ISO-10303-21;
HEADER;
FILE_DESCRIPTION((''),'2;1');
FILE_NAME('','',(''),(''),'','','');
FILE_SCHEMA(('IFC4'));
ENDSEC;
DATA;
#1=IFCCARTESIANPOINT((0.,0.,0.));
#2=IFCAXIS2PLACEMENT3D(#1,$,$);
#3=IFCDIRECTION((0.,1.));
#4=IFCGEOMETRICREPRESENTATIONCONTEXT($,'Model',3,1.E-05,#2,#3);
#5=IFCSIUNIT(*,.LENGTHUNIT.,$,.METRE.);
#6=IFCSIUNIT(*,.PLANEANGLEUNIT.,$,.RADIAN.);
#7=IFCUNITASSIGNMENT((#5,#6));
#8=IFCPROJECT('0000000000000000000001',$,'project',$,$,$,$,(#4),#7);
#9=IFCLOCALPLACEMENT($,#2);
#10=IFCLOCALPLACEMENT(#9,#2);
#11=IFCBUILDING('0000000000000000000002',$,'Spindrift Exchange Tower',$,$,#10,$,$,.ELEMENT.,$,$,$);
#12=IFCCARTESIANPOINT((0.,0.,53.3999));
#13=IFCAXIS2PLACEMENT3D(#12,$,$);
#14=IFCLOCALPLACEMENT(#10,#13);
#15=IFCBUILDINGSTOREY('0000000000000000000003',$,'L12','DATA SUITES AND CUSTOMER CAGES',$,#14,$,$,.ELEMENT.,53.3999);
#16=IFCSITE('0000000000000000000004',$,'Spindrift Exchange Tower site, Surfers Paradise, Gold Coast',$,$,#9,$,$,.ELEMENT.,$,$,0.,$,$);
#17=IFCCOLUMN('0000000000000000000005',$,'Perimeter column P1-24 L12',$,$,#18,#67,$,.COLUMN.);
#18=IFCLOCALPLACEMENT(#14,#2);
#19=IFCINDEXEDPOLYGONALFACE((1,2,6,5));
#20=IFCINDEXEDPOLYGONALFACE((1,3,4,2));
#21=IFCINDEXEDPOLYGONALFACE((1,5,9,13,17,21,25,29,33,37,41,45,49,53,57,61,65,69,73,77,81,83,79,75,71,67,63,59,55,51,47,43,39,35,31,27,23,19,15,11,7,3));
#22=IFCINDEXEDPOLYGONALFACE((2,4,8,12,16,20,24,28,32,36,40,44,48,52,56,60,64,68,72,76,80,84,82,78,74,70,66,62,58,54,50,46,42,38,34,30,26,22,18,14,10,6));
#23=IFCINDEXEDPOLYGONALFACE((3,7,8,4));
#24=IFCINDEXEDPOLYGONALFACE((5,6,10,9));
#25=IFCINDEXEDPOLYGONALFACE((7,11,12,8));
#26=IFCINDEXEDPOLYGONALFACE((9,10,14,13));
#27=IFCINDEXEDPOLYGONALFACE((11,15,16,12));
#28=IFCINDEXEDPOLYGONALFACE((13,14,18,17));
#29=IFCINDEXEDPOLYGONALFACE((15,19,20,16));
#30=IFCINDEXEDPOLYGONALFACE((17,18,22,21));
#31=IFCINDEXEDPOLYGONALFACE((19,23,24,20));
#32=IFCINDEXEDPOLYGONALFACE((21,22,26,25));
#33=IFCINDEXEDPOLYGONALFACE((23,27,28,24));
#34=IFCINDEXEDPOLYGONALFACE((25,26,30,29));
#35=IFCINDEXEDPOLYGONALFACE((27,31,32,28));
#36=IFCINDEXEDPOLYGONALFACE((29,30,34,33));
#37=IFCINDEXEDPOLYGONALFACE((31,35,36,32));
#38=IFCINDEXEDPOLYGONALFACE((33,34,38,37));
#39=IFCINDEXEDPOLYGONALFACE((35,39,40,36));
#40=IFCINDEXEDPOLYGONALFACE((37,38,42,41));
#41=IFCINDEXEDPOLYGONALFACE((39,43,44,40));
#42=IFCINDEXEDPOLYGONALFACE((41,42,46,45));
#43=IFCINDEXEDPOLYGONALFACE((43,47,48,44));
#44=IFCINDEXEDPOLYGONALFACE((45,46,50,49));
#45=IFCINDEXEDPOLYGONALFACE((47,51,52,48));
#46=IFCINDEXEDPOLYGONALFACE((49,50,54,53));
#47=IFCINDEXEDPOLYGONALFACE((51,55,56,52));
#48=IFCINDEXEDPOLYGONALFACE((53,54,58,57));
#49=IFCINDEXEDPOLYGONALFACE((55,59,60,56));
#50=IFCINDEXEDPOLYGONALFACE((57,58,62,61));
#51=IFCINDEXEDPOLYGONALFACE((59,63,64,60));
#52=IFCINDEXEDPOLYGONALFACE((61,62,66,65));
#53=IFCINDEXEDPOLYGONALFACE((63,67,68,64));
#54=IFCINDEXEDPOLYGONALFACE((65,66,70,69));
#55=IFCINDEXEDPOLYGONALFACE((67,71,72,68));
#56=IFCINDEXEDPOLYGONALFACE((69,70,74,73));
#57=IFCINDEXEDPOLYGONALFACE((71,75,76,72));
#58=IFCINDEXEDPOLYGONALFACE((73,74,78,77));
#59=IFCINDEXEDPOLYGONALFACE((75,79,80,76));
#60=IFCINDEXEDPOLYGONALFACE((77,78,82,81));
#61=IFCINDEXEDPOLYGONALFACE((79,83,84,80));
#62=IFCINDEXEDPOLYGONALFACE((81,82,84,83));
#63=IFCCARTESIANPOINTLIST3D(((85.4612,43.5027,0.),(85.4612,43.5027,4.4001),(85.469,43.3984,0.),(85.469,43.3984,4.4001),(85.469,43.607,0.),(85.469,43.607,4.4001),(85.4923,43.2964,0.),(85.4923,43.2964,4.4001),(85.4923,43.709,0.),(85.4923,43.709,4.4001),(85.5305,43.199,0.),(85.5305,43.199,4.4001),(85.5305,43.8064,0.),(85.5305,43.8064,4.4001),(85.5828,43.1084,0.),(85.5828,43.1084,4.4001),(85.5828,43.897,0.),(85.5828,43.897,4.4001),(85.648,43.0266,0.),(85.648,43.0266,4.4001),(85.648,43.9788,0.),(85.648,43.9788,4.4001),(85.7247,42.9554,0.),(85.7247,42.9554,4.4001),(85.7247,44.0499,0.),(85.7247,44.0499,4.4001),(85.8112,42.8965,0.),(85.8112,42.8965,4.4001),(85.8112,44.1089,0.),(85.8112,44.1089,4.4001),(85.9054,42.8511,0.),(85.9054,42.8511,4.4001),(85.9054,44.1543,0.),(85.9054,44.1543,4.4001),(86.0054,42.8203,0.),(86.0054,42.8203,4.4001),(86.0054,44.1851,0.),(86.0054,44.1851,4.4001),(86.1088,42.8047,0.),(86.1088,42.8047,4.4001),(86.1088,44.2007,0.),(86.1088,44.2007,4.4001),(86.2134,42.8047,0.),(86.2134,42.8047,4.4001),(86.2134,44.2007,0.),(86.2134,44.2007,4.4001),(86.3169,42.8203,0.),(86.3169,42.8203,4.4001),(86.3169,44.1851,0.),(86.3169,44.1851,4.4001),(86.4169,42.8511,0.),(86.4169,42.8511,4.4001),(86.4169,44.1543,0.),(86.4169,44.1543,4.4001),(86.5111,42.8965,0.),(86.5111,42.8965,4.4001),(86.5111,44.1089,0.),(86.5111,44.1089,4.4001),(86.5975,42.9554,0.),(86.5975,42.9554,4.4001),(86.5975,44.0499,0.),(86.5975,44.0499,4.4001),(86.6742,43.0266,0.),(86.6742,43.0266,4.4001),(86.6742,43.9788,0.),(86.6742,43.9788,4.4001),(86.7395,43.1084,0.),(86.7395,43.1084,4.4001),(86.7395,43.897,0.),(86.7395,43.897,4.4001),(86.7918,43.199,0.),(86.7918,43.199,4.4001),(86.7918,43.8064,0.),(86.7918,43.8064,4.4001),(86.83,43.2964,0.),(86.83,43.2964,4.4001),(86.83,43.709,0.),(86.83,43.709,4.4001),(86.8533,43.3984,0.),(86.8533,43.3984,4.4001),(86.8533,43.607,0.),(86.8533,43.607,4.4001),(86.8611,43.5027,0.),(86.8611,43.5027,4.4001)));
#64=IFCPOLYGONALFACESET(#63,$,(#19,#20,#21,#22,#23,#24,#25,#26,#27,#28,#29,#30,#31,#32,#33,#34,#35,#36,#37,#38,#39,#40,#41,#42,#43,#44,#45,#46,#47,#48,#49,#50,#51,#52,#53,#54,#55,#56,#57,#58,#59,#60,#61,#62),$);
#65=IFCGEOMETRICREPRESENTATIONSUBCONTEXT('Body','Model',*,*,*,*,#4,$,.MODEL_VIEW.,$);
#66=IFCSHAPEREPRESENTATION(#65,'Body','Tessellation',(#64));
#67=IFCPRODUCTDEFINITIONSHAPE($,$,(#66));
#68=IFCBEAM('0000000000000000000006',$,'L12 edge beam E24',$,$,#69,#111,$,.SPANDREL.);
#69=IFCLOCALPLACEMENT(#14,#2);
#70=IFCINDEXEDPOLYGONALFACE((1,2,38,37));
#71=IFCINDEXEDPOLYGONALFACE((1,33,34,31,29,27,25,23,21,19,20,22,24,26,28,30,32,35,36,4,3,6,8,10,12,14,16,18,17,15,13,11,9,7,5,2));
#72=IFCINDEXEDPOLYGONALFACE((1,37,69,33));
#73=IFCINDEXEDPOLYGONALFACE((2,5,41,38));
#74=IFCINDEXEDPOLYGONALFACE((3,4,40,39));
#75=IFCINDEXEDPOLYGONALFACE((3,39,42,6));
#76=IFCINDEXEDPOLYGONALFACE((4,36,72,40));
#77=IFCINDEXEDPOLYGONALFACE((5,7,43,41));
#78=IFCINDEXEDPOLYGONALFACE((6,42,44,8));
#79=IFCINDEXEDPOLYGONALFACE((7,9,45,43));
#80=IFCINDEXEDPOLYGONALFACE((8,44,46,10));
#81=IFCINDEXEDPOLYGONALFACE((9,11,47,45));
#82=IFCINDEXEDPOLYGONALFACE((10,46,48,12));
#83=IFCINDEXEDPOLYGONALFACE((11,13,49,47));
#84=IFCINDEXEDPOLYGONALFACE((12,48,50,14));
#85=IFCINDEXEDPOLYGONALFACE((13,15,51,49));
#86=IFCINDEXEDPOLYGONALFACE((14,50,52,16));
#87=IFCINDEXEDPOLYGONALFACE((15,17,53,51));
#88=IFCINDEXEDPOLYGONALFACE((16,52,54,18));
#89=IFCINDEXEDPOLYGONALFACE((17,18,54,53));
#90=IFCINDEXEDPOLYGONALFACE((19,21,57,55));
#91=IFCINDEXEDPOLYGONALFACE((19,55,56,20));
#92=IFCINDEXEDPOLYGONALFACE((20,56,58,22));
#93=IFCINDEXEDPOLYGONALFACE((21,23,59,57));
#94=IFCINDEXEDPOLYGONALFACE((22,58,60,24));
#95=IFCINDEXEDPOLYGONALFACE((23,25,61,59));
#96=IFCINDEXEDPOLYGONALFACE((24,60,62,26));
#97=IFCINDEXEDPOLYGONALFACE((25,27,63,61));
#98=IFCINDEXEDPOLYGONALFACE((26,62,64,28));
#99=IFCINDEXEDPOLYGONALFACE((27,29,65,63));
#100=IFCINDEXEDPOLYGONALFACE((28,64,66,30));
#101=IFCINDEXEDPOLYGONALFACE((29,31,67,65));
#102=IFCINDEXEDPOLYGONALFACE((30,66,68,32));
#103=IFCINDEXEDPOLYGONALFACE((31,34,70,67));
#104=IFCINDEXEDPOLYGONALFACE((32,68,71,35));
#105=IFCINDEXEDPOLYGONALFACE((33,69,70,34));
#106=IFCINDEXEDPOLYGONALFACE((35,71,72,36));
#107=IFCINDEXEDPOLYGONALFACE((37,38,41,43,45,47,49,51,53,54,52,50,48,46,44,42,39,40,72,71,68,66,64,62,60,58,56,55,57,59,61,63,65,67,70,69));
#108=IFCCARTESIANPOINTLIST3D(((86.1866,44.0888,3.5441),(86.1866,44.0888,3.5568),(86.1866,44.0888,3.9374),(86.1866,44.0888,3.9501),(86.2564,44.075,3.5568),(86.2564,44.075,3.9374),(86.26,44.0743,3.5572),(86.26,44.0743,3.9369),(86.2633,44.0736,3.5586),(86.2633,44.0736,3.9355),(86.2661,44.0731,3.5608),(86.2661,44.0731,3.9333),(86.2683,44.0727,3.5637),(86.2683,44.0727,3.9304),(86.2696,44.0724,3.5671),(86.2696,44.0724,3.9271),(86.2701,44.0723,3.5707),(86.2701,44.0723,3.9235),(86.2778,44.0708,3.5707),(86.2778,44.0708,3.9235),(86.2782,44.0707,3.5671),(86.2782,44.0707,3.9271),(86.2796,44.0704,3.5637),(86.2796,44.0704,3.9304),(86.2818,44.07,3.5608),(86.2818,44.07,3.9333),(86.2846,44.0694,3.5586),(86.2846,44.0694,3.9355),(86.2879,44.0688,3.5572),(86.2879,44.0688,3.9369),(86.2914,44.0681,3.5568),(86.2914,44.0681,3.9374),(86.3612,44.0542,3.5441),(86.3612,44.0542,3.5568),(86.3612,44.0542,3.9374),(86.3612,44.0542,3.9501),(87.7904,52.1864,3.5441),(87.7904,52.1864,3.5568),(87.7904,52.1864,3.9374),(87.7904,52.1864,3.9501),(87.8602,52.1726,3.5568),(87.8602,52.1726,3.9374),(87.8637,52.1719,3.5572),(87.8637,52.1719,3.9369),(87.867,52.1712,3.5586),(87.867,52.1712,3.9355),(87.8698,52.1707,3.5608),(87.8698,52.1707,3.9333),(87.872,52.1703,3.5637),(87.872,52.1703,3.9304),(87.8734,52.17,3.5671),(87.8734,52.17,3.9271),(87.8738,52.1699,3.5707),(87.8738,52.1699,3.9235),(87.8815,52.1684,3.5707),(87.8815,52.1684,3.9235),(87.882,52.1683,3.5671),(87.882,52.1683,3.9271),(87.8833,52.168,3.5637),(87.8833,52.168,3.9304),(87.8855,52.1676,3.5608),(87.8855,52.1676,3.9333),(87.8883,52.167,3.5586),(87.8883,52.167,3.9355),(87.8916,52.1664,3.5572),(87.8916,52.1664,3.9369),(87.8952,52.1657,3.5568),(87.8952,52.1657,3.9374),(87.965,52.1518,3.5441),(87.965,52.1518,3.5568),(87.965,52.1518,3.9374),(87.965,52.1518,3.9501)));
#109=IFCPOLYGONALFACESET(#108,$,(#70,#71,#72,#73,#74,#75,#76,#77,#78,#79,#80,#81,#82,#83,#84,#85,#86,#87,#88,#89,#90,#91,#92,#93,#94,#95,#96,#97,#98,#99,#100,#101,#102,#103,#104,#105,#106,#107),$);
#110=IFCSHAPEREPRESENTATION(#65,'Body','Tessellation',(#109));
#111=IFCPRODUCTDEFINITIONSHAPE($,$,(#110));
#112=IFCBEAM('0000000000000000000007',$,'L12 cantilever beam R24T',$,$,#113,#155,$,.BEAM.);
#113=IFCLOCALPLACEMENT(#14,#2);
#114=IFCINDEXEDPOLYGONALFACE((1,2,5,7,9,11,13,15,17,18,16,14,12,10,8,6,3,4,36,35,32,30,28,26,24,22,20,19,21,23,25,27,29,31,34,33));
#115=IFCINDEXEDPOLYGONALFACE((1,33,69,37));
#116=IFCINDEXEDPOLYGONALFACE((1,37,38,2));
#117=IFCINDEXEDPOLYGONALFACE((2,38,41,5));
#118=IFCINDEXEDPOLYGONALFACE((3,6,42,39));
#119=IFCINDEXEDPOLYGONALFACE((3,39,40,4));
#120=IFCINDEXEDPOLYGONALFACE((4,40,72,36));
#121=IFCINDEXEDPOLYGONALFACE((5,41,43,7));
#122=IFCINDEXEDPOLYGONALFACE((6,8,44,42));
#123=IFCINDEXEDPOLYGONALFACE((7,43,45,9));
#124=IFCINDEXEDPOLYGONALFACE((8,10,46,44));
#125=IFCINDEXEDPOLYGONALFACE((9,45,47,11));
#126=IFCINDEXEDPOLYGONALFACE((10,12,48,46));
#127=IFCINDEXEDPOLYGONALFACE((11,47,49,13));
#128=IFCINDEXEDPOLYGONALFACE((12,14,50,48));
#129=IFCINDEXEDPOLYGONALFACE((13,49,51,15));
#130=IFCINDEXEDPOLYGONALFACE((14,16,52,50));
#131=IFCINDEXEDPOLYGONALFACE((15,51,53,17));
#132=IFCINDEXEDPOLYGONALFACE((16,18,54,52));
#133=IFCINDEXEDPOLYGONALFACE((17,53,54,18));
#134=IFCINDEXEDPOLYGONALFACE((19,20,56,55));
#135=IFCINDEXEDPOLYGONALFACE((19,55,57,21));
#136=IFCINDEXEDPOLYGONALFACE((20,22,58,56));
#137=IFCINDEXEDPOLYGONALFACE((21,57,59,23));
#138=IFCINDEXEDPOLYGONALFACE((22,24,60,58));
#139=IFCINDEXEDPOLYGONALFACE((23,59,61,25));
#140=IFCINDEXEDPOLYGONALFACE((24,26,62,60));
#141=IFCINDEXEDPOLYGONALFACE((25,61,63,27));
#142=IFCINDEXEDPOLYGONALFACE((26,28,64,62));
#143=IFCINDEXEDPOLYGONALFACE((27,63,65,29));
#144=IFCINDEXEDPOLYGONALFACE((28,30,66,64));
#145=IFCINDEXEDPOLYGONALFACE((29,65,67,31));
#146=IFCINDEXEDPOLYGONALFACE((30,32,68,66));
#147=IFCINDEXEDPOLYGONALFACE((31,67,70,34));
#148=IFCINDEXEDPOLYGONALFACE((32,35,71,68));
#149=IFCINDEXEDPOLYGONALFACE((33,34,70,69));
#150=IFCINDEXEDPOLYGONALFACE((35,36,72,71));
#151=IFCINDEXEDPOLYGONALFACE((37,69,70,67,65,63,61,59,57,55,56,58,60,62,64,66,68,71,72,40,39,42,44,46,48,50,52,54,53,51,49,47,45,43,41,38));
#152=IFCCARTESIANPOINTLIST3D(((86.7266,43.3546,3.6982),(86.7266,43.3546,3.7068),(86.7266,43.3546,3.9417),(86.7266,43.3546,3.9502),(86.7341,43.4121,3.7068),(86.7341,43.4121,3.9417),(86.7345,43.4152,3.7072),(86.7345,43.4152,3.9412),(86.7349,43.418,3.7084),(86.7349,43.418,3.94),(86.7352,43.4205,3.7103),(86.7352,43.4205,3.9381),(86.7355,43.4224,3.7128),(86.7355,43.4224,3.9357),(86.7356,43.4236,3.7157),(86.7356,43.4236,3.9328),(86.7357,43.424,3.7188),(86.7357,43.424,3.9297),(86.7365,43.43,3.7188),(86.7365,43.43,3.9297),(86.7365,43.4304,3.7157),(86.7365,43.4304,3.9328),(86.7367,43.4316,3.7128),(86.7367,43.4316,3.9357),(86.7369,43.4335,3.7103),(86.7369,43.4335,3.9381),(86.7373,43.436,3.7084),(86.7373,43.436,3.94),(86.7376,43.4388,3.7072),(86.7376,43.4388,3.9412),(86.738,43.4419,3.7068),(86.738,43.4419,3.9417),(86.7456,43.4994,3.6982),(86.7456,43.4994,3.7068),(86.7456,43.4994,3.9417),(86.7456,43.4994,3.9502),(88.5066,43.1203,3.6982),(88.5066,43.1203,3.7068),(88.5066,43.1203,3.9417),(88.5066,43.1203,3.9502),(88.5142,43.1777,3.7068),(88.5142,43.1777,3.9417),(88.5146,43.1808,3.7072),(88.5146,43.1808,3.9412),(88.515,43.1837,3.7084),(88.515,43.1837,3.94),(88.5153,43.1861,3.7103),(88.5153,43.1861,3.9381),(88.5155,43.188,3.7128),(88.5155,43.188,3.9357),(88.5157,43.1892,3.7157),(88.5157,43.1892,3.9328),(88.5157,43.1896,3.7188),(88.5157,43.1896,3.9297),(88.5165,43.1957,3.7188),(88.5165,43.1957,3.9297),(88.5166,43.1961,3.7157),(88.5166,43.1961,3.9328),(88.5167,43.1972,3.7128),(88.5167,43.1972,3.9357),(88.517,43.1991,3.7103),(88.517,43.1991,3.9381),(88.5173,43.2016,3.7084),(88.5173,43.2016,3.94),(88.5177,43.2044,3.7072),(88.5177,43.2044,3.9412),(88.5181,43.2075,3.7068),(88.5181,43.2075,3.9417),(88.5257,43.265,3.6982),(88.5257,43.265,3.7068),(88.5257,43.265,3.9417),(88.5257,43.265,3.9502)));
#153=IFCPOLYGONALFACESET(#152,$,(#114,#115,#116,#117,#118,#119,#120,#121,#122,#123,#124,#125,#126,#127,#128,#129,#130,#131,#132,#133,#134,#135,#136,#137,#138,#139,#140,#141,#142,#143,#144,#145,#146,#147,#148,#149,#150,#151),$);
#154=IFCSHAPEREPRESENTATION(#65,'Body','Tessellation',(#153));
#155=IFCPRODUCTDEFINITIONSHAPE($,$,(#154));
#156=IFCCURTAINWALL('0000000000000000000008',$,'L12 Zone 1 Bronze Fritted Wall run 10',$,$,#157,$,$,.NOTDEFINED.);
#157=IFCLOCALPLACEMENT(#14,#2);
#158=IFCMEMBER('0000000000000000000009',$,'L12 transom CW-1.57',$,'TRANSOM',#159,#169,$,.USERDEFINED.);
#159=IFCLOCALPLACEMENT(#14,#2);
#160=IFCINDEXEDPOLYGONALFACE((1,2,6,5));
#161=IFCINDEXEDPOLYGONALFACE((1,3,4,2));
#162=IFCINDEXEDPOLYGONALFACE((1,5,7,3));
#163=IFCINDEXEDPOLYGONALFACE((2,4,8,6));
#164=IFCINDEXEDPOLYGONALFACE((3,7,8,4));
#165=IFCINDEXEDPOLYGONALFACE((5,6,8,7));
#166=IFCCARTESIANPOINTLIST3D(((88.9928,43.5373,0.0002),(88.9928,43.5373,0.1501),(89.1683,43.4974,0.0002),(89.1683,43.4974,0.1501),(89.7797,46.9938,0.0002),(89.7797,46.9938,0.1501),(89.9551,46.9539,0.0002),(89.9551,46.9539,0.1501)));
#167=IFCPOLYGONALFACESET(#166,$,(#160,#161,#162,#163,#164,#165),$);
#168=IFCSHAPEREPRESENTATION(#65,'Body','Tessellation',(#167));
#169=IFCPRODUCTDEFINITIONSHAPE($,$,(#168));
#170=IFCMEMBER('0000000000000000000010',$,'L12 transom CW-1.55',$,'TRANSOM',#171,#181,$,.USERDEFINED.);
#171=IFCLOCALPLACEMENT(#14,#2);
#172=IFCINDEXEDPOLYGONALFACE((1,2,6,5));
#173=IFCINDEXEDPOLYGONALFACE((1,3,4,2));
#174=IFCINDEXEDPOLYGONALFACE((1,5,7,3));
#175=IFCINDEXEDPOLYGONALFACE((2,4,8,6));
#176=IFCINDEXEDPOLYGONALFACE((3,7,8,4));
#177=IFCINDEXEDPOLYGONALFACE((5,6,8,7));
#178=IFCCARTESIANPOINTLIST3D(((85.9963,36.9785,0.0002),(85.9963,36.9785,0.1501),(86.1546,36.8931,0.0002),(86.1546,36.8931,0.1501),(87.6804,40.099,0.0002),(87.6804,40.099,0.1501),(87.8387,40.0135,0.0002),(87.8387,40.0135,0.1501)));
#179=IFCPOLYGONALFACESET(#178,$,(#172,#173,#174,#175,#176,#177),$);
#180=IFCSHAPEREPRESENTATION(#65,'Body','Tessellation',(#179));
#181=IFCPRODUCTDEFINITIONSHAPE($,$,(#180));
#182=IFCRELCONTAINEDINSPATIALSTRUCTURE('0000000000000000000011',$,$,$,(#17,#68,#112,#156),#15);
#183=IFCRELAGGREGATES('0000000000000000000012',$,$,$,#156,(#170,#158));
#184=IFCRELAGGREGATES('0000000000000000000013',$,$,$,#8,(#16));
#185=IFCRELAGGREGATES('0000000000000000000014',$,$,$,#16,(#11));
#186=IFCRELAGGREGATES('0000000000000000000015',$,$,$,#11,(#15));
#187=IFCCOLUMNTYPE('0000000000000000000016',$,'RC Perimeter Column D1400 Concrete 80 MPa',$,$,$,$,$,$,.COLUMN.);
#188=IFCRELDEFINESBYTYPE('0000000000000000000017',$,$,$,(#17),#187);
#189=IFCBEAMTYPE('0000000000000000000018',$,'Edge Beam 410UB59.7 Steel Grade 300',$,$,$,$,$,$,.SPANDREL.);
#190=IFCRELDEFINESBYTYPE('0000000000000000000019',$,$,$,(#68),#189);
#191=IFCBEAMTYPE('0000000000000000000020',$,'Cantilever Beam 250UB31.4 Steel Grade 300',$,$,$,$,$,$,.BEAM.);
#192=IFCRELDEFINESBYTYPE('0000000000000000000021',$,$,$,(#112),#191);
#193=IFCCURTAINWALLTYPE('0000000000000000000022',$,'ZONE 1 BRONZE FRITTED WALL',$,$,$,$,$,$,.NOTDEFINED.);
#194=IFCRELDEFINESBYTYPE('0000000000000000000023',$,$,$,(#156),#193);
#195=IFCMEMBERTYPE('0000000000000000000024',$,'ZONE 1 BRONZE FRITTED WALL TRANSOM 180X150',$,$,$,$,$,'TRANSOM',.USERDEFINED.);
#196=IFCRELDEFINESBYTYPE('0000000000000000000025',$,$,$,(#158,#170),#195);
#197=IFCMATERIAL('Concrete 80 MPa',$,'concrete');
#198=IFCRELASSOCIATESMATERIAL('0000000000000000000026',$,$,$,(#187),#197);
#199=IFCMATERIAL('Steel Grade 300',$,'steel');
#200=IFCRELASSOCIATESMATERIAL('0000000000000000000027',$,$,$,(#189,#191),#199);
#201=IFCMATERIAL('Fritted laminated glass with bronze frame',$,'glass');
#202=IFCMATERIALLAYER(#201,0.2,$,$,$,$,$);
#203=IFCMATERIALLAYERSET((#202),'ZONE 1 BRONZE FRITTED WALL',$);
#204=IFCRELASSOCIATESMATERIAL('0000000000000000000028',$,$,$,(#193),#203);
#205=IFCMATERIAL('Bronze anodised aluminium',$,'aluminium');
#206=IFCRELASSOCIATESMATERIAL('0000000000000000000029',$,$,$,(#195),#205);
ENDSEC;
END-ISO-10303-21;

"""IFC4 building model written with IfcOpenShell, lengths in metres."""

from ifc_helpers import new_model, si_unit, direction, frame, origin, origin_2d, place, context, subcontext, project, spatial, rectangle, circle, i_section, extrude, source, transform, mapped, material, layer, layer_set, material_profile, profile_set, type_object, element, aggregate, save


model = new_model("IFC4")

# Units and contexts
model_context = context("Model", 3, precision=1e-05, world=origin(), true_north=direction((0.0, 1.0)))
body_context = subcontext(model_context, "Body", "Model", "MODEL_VIEW")
ifc_project = project(units=[si_unit("LENGTHUNIT", "METRE"), si_unit("PLANEANGLEUNIT", "RADIAN")], contexts=[model_context])

# Site, building, storey
site_placement = place(None, origin())
site = spatial("IfcSite", under=ifc_project, at=site_placement, Name="Spindrift Exchange Tower site, Surfers Paradise, Gold Coast", CompositionType="ELEMENT", RefElevation=0.0)
building_placement = place(site_placement, origin())
building = spatial("IfcBuilding", under=site, at=building_placement, Name="Spindrift Exchange Tower", CompositionType="ELEMENT")
storey_placement = place(building_placement, frame((0.0, 0.0, 53.3999)))
storey = spatial("IfcBuildingStorey", under=building, at=storey_placement, Name="L12", Description="DATA SUITES AND CUSTOMER CAGES", CompositionType="ELEMENT", Elevation=53.3999)

# Column
ifc_material_1 = material(Name="Concrete 80 MPa", Category="concrete")
ifc_material_profile_1 = material_profile(ifc_material_1, circle(Radius=0.7, at=origin_2d()), Name="RC D1400")
ifc_profile_set_1 = profile_set([ifc_material_profile_1], Name="Concrete 80 MPa")
column_type = type_object("IfcColumnType", Name="RC Perimeter Column D1400 Concrete 80 MPa", PredefinedType="COLUMN", material=ifc_profile_set_1)
shared_shape_1 = source(origin(), body_context, "Body", "SweptSolid", [
    extrude(circle(Radius=0.7, at=origin_2d()), origin(), (0.0, 0.0, 1.0), 4.4001),
])
column_placement = place(storey_placement, frame((86.1611, 43.5027, 0.0), z_axis=(0.0, 0.0, 1.0), x_axis=(1.0, 0.0, 0.0)))
element("IfcColumn", 1, at=column_placement, inside=storey, type_object=column_type, Name="Perimeter column P1-24 L12", PredefinedType="COLUMN", context=body_context, shape_type="MappedRepresentation", body=[
    mapped(shared_shape_1, transform((0.0, 0.0, 0.0), scale=1.0)),
])

# Beams
ifc_material_2 = material(Name="Steel Grade 300", Category="steel")
ifc_material_profile_2 = material_profile(ifc_material_2, i_section(OverallWidth=0.178, OverallDepth=0.406, WebThickness=0.0078, FlangeThickness=0.0127, FilletRadius=0.0139, at=origin_2d()), Name="410UB59.7")
ifc_profile_set_2 = profile_set([ifc_material_profile_2], Name="Steel Grade 300")
beam_type_1 = type_object("IfcBeamType", Name="Edge Beam 410UB59.7 Steel Grade 300", PredefinedType="SPANDREL", material=ifc_profile_set_2)
shared_shape_2 = source(origin(), body_context, "Body", "SweptSolid", [
    extrude(i_section(OverallWidth=0.178, OverallDepth=0.406, WebThickness=0.0078, FlangeThickness=0.0127, FilletRadius=0.0139, at=origin_2d()), origin(), (0.0, 0.0, 1.0), 8.2549),
])
beam_1_placement = place(storey_placement, frame((86.2739, 44.0715, 3.7471), z_axis=(0.194279, 0.980946, 0.0), x_axis=(-0.980946, 0.194279, 0.0)))
element("IfcBeam", 2, at=beam_1_placement, inside=storey, type_object=beam_type_1, Name="L12 edge beam E24", PredefinedType="SPANDREL", context=body_context, shape_type="MappedRepresentation", body=[
    mapped(shared_shape_2, transform((0.0, 0.0, 0.0), scale=1.0)),
])
ifc_material_profile_3 = material_profile(ifc_material_2, i_section(OverallWidth=0.146, OverallDepth=0.252, WebThickness=0.0061, FlangeThickness=0.0085, FilletRadius=0.012, at=origin_2d()), Name="250UB31.4")
ifc_profile_set_3 = profile_set([ifc_material_profile_3], Name="Steel Grade 300")
beam_type_2 = type_object("IfcBeamType", Name="Cantilever Beam 250UB31.4 Steel Grade 300", PredefinedType="BEAM", material=ifc_profile_set_3)
shared_shape_3 = source(origin(), body_context, "Body", "SweptSolid", [
    extrude(i_section(OverallWidth=0.146, OverallDepth=0.252, WebThickness=0.0061, FlangeThickness=0.0085, FilletRadius=0.012, at=origin_2d()), origin(), (0.0, 0.0, 1.0), 1.7954),
])
beam_2_placement = place(storey_placement, frame((86.7361, 43.427, 3.8242), z_axis=(0.991443, -0.130542, 0.0), x_axis=(0.130542, 0.991443, 0.0)))
element("IfcBeam", 3, at=beam_2_placement, inside=storey, type_object=beam_type_2, Name="L12 cantilever beam R24T", PredefinedType="BEAM", context=body_context, shape_type="MappedRepresentation", body=[
    mapped(shared_shape_3, transform((0.0, 0.0, 0.0), scale=1.0)),
])

# Curtain wall, members
ifc_material_3 = material(Name="Fritted laminated glass with bronze frame", Category="glass")
ifc_layer_1 = layer(ifc_material_3, 0.2)
ifc_layer_set_1 = layer_set([ifc_layer_1], Name="ZONE 1 BRONZE FRITTED WALL")
curtain_wall_type = type_object("IfcCurtainWallType", Name="ZONE 1 BRONZE FRITTED WALL", PredefinedType="NOTDEFINED", material=ifc_layer_set_1)
curtain_wall_placement = place(storey_placement, origin())
curtain_wall = element("IfcCurtainWall", 4, at=curtain_wall_placement, inside=storey, type_object=curtain_wall_type, Name="L12 Zone 1 Bronze Fritted Wall run 10", PredefinedType="NOTDEFINED")
ifc_material_4 = material(Name="Bronze anodised aluminium", Category="aluminium")
ifc_material_profile_4 = material_profile(ifc_material_4, rectangle(XDim=0.1799, YDim=0.1499, at=origin_2d()), Name="ZONE 1 BRONZE FRITTED WALL TRANSOM 180X150")
ifc_profile_set_4 = profile_set([ifc_material_profile_4], Name="Bronze anodised aluminium")
member_type_1 = type_object("IfcMemberType", Name="ZONE 1 BRONZE FRITTED WALL TRANSOM 180X150", ElementType="TRANSOM", PredefinedType="USERDEFINED", material=ifc_profile_set_4)
shared_shape_4 = source(origin(), body_context, "Body", "SweptSolid", [
    extrude(rectangle(XDim=0.1799, YDim=0.1499, at=origin_2d()), origin(), (0.0, 0.0, 1.0), 3.5449),
])
member_1_placement = place(storey_placement, frame((89.0806, 43.5173, 0.0752), z_axis=(0.221966, 0.975054, 0.0), x_axis=(-0.975054, 0.221966, 0.0)))
member_1 = element("IfcMember", 5, at=member_1_placement, type_object=member_type_1, Name="L12 transom CW-1.57", ObjectType="TRANSOM", PredefinedType="USERDEFINED", context=body_context, shape_type="MappedRepresentation", body=[
    mapped(shared_shape_4, transform((0.0, 0.0, 0.0), scale=1.0)),
])
shared_shape_5 = source(origin(), body_context, "Body", "SweptSolid", [
    extrude(rectangle(XDim=0.1799, YDim=0.1499, at=origin_2d()), origin(), (0.0, 0.0, 1.0), 3.5459),
])
member_2_placement = place(storey_placement, frame((86.0754, 36.9358, 0.0752), z_axis=(0.47495, 0.880013, 0.0), x_axis=(-0.880013, 0.47495, 0.0)))
member_2 = element("IfcMember", 6, at=member_2_placement, type_object=member_type_1, Name="L12 transom CW-1.55", ObjectType="TRANSOM", PredefinedType="USERDEFINED", context=body_context, shape_type="MappedRepresentation", body=[
    mapped(shared_shape_5, transform((0.0, 0.0, 0.0), scale=1.0)),
])
aggregate(curtain_wall, [member_2, member_1])

save(model, "model.ifc")
